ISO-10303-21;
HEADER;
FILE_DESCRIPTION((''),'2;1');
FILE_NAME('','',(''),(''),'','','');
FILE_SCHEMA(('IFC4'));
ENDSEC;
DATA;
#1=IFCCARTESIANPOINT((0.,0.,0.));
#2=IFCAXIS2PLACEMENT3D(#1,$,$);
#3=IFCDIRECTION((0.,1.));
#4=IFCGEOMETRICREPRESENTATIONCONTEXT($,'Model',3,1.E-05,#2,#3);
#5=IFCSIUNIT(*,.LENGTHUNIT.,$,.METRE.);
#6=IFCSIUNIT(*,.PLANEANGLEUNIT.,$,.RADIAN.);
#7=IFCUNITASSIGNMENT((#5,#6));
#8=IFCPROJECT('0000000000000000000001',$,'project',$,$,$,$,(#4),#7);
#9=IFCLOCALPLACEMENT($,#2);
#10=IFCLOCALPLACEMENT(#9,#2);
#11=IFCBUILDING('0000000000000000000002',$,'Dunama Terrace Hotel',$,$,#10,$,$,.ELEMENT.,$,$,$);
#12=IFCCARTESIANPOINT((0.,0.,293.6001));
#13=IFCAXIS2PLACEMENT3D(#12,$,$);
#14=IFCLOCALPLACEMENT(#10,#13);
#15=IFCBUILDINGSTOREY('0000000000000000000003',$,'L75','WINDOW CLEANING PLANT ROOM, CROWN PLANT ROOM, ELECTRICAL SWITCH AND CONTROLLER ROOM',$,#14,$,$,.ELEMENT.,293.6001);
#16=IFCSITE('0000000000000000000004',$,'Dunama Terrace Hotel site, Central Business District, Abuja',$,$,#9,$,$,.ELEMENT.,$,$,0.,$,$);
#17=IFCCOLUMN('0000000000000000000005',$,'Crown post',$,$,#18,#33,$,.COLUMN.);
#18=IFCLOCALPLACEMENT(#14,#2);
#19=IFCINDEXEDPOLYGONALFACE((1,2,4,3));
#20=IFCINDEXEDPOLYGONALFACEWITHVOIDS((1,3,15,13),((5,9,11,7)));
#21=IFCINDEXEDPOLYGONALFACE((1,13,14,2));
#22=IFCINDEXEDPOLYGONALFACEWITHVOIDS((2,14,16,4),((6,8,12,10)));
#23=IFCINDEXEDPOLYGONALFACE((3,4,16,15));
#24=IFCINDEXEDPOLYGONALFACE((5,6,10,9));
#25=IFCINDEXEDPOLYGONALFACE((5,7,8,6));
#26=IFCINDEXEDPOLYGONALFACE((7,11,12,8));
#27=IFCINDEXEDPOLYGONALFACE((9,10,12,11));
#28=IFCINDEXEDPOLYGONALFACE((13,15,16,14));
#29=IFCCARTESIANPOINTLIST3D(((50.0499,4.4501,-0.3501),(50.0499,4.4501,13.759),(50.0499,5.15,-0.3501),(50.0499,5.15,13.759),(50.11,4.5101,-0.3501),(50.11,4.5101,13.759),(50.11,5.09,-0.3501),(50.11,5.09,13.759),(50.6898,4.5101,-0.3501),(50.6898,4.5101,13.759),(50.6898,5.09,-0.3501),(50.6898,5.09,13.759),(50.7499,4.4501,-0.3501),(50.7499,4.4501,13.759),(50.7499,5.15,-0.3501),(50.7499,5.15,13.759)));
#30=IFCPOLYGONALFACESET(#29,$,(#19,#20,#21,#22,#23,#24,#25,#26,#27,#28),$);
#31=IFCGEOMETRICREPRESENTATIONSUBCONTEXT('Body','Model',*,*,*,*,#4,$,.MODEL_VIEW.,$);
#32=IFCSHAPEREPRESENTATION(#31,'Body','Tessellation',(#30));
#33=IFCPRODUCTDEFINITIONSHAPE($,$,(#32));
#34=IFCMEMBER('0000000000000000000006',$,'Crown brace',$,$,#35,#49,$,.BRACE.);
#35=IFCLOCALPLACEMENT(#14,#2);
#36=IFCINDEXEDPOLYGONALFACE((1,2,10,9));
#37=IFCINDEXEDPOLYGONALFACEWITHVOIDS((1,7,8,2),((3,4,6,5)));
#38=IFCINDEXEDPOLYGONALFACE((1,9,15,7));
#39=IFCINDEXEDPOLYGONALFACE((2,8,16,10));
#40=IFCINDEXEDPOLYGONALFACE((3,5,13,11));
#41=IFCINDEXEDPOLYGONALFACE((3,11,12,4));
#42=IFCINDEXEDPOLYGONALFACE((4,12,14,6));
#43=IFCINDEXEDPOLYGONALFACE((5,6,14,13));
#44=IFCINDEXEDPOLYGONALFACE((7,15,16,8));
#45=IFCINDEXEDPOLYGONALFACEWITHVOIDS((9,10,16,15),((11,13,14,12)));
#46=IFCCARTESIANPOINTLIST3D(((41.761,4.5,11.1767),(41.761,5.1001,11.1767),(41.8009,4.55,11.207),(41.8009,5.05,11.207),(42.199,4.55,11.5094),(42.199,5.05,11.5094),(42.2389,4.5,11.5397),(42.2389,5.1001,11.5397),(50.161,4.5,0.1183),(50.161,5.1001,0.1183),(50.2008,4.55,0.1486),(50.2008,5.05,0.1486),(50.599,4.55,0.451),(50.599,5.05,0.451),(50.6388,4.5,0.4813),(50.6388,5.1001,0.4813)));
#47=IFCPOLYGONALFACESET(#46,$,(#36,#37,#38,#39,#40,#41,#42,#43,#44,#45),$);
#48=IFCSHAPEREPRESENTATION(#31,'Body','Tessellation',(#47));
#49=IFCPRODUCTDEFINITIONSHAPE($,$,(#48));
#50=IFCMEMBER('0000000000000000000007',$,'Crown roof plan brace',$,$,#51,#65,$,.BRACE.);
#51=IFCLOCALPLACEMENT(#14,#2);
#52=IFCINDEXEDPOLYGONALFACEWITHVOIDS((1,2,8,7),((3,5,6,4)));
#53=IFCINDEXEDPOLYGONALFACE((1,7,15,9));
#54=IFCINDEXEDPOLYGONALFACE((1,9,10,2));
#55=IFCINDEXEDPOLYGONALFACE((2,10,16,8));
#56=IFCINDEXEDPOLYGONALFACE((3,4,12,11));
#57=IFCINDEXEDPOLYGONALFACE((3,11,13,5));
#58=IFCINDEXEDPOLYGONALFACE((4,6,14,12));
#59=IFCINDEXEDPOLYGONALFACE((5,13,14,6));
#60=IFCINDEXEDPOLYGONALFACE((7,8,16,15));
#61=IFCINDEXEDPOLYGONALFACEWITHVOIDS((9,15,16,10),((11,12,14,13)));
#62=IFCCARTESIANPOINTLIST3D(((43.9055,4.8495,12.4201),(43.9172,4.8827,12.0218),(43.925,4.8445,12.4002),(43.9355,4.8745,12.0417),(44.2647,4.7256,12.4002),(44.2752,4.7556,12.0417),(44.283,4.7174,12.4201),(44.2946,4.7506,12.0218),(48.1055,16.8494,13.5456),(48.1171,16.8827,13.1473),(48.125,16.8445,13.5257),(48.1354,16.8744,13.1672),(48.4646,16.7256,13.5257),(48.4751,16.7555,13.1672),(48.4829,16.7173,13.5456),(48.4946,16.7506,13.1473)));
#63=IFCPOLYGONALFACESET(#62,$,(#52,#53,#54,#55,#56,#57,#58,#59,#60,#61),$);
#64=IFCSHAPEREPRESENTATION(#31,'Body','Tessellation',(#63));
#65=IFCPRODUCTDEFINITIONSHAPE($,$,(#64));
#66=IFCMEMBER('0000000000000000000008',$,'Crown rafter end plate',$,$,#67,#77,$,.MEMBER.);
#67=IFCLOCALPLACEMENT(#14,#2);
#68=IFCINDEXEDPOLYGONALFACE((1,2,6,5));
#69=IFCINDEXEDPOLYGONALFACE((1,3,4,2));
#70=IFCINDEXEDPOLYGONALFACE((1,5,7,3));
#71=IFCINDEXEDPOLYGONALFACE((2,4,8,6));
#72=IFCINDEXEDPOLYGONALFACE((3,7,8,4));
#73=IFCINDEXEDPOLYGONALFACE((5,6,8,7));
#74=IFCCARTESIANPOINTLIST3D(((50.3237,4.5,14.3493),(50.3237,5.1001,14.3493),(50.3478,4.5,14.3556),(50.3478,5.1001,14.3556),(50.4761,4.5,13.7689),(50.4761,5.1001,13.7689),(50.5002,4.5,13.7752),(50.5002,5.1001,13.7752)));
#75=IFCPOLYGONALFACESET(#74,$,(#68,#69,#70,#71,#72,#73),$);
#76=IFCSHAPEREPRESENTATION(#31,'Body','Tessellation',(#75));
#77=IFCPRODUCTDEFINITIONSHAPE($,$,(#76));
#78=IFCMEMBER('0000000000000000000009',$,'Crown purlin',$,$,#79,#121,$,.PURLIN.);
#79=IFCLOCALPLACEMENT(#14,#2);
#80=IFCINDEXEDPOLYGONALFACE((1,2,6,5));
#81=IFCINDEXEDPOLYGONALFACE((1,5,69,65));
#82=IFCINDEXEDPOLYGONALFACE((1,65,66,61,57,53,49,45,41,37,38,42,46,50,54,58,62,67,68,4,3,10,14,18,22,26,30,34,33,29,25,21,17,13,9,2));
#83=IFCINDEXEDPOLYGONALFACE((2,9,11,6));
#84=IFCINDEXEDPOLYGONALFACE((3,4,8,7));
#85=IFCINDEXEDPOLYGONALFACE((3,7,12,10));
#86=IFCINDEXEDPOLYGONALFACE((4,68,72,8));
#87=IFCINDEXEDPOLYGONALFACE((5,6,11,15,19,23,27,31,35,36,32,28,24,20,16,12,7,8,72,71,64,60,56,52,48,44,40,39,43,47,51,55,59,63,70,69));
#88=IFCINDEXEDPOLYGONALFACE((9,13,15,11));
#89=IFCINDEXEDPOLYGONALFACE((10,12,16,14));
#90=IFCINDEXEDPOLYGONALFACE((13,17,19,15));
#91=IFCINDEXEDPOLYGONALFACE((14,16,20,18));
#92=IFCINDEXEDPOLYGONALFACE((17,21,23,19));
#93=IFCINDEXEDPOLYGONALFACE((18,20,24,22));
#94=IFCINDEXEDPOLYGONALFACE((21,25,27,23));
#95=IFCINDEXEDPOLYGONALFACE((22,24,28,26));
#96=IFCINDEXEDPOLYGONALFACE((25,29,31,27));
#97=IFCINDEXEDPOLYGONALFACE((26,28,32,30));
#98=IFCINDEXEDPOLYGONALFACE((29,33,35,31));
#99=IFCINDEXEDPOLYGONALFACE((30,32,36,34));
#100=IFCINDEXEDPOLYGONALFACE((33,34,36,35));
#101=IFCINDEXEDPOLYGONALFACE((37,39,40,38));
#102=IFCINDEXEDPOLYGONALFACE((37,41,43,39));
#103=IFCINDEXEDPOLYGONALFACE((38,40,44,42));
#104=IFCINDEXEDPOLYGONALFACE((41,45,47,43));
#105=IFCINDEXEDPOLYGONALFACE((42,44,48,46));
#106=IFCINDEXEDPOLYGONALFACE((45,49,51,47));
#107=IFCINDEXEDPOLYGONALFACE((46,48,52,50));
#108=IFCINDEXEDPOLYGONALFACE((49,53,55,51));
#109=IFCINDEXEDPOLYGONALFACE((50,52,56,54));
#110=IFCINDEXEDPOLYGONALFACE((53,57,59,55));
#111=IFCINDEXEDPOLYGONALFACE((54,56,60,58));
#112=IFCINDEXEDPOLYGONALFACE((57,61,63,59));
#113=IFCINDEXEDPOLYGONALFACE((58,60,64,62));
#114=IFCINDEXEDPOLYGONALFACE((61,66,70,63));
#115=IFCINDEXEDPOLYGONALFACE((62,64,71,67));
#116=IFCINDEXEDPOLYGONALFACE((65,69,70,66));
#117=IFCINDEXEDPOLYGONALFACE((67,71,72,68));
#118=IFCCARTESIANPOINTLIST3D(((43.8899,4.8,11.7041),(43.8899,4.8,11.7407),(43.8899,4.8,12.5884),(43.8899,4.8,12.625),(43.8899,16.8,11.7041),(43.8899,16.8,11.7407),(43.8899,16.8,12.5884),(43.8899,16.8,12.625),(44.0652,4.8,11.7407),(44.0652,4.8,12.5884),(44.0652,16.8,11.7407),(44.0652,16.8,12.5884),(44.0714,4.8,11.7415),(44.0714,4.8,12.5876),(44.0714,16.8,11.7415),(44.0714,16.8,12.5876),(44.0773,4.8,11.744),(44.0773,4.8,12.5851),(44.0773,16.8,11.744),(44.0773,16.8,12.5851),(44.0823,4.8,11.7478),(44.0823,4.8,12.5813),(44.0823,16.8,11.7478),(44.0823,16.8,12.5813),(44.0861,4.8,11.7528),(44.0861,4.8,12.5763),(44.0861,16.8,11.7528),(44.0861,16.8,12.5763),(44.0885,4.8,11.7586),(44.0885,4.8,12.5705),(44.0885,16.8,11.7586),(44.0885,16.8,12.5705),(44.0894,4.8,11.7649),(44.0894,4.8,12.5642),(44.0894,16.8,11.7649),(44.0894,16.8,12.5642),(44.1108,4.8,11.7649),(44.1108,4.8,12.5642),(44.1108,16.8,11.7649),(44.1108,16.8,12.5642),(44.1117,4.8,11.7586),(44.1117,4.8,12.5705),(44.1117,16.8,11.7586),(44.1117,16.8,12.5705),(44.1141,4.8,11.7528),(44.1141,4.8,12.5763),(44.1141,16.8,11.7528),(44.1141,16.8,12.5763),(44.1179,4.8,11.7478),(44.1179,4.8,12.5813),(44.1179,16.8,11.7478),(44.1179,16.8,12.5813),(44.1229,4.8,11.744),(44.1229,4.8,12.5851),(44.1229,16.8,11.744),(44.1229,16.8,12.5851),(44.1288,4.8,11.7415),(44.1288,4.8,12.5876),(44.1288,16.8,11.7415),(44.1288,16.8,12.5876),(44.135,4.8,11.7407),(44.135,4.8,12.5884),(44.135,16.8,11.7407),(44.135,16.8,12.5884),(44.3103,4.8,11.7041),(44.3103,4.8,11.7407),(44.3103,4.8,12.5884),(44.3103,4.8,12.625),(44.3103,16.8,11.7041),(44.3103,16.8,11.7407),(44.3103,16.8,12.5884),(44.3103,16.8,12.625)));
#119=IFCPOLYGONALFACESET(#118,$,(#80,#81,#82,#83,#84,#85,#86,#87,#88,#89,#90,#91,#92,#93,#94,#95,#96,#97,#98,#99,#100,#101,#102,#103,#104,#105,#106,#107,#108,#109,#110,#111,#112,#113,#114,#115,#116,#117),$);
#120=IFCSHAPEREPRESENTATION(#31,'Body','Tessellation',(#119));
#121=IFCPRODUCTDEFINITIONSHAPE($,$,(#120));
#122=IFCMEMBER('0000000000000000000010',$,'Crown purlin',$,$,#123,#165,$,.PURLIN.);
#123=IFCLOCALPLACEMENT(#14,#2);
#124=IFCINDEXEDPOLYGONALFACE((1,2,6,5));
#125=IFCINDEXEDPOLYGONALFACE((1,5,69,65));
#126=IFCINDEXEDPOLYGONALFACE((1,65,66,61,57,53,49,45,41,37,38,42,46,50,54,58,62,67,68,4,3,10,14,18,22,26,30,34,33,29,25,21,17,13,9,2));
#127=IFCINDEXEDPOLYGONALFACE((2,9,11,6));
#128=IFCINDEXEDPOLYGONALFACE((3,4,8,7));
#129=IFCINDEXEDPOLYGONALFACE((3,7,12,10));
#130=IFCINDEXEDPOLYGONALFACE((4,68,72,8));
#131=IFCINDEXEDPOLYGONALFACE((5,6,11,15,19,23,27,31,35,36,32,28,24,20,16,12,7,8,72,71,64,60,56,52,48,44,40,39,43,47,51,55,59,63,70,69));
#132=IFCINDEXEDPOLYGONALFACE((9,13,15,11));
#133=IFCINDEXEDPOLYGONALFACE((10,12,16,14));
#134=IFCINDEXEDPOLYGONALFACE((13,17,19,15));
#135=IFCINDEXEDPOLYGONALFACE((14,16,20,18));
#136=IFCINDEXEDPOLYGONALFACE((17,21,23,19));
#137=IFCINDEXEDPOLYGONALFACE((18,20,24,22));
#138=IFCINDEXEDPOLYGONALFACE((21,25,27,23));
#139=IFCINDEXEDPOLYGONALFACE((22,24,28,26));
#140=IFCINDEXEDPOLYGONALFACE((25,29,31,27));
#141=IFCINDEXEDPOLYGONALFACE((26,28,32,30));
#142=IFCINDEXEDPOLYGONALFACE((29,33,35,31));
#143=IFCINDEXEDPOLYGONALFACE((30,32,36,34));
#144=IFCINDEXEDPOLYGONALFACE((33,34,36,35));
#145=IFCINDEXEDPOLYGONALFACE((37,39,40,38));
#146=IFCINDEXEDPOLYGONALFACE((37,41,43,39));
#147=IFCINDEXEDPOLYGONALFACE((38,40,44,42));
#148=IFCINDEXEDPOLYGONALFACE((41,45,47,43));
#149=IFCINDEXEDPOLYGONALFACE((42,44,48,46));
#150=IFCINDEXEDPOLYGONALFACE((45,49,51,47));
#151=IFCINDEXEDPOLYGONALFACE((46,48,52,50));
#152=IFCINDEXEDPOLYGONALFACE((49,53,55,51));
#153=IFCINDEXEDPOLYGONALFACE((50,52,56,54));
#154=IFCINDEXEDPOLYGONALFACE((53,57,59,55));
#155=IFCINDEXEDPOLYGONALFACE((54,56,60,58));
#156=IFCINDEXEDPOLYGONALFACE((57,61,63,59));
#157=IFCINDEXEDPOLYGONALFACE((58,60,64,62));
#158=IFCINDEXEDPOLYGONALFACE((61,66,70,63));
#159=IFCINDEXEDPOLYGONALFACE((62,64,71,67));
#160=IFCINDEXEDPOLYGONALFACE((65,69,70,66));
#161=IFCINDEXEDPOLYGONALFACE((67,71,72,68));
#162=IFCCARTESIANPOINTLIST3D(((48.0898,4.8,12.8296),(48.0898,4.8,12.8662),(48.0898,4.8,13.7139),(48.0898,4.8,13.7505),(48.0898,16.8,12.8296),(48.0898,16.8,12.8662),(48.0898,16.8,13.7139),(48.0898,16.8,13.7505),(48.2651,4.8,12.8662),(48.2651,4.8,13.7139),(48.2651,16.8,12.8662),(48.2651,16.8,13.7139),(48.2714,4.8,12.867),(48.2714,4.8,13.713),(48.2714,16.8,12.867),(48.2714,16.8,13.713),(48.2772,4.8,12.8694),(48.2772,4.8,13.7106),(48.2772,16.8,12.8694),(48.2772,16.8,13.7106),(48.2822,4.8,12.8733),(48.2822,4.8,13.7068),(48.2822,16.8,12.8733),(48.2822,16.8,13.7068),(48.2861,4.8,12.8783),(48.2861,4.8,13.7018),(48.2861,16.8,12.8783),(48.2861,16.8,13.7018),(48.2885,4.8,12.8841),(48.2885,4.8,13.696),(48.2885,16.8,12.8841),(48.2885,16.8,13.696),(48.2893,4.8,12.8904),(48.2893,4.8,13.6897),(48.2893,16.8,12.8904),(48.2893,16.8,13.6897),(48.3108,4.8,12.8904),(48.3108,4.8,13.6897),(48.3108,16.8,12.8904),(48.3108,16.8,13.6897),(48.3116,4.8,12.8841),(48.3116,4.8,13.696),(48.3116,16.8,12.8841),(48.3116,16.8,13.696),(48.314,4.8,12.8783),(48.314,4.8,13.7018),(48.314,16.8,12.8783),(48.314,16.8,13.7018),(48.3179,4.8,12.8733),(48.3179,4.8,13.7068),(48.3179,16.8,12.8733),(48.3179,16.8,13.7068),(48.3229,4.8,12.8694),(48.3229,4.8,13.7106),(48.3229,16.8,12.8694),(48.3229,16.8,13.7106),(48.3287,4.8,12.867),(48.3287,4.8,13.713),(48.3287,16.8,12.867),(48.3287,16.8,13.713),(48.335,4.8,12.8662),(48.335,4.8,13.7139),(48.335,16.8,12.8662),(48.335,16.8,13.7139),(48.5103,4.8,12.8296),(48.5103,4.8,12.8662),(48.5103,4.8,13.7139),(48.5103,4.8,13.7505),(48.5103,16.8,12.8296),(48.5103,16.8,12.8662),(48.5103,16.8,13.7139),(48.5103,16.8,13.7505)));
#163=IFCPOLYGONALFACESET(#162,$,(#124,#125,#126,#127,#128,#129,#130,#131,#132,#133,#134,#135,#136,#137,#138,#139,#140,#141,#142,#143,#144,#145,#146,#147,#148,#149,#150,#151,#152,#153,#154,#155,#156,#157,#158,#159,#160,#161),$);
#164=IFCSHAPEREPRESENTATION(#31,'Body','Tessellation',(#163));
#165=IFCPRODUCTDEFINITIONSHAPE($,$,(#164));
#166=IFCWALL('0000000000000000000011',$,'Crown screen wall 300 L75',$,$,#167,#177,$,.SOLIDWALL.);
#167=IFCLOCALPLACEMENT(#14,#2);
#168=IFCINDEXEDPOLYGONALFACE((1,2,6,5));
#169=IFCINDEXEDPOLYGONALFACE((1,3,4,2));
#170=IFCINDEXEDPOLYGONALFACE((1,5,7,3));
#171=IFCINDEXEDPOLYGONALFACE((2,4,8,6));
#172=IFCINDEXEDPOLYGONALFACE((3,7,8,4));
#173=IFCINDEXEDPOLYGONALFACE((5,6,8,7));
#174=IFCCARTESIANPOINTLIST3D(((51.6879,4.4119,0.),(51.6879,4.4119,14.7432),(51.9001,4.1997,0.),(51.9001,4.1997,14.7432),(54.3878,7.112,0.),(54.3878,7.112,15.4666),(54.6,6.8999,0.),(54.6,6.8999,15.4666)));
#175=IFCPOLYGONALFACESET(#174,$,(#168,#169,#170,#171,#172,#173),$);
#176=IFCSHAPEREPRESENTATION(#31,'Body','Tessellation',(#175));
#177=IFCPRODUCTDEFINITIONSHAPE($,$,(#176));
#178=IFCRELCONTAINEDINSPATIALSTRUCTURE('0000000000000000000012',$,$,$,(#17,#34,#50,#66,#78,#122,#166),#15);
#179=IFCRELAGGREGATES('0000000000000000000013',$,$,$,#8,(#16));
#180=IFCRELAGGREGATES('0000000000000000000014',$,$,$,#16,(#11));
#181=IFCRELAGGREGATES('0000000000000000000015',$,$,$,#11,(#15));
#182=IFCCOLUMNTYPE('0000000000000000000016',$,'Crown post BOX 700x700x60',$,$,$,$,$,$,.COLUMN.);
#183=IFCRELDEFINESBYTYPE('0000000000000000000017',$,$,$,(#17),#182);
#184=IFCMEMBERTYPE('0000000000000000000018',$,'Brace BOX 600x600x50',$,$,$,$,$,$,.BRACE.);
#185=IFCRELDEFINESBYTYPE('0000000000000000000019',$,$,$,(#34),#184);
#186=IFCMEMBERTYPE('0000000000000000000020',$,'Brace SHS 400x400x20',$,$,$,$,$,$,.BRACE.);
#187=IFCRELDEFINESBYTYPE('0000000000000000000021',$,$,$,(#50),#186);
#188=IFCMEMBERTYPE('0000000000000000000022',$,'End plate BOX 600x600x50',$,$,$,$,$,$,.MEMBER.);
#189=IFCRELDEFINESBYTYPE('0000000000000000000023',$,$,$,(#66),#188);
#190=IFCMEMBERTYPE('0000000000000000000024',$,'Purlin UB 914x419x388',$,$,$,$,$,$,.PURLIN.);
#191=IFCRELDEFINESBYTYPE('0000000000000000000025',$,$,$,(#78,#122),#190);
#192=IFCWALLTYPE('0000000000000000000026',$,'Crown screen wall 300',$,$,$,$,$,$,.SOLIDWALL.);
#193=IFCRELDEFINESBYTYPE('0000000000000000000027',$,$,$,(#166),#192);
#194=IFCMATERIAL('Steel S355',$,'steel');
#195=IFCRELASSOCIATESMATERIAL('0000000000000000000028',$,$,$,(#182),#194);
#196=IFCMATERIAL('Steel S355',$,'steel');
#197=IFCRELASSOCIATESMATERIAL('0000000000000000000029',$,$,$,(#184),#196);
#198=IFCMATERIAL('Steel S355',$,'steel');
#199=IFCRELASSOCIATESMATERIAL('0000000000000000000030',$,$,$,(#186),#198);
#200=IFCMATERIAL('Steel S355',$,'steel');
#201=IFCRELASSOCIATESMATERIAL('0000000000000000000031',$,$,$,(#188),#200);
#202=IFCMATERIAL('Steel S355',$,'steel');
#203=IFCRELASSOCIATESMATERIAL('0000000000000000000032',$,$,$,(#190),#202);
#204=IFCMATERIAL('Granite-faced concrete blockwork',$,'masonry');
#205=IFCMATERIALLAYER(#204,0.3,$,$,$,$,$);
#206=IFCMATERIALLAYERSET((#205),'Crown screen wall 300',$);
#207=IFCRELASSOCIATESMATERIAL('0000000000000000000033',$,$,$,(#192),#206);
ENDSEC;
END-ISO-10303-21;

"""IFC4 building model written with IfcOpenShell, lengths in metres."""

from ifc_helpers import new_model, si_unit, direction, frame, origin, origin_2d, place, context, subcontext, project, spatial, polyline, rectangle, hollow_rectangle, i_section, outline, extrude, material, layer, layer_set, material_profile, profile_set, type_object, element, save


model = new_model("IFC4")

# Units and contexts
model_context = context("Model", 3, precision=1e-05, world=origin(), true_north=direction((0.0, 1.0)))
body_context = subcontext(model_context, "Body", "Model", "MODEL_VIEW")
ifc_project = project(units=[si_unit("LENGTHUNIT", "METRE"), si_unit("PLANEANGLEUNIT", "RADIAN")], contexts=[model_context])

# Site, building, storey
site_placement = place(None, origin())
site = spatial("IfcSite", under=ifc_project, at=site_placement, Name="Dunama Terrace Hotel site, Central Business District, Abuja", CompositionType="ELEMENT", RefElevation=0.0)
building_placement = place(site_placement, origin())
building = spatial("IfcBuilding", under=site, at=building_placement, Name="Dunama Terrace Hotel", CompositionType="ELEMENT")
storey_placement = place(building_placement, frame((0.0, 0.0, 293.6001)))
storey = spatial("IfcBuildingStorey", under=building, at=storey_placement, Name="L75", Description="WINDOW CLEANING PLANT ROOM, CROWN PLANT ROOM, ELECTRICAL SWITCH AND CONTROLLER ROOM", CompositionType="ELEMENT", Elevation=293.6001)

# Column
ifc_material_1 = material(Name="Steel S355", Category="steel")
ifc_material_profile_1 = material_profile(ifc_material_1, hollow_rectangle(XDim=0.7, YDim=0.7, WallThickness=0.0601, at=origin_2d()), Name="BOX 700x700x60")
ifc_profile_set_1 = profile_set([ifc_material_profile_1], Name="Steel S355")
column_type = type_object("IfcColumnType", Name="Crown post BOX 700x700x60", PredefinedType="COLUMN", material=ifc_profile_set_1)
column_placement = place(storey_placement, frame((50.3999, 4.8, -0.3501), z_axis=(0.0, 0.0, 1.0), x_axis=(1.0, 0.0, 0.0)))
element("IfcColumn", 1, at=column_placement, inside=storey, type_object=column_type, Name="Crown post", PredefinedType="COLUMN", context=body_context, shape_type="SweptSolid", body=[
    extrude(hollow_rectangle(XDim=0.7, YDim=0.7, WallThickness=0.0601, at=origin_2d()), origin(), (0.0, 0.0, 1.0), 14.1091),
])

# Members
ifc_material_2 = material(Name="Steel S355", Category="steel")
ifc_material_profile_2 = material_profile(ifc_material_2, hollow_rectangle(XDim=0.6001, YDim=0.6001, WallThickness=0.05, at=origin_2d()), Name="BOX 600x600x50")
ifc_profile_set_2 = profile_set([ifc_material_profile_2], Name="Steel S355")
member_type_1 = type_object("IfcMemberType", Name="Brace BOX 600x600x50", PredefinedType="BRACE", material=ifc_profile_set_2)
member_1_placement = place(storey_placement, frame((50.3999, 4.8, 0.2998), z_axis=(-0.60488, 0.0, 0.796316), x_axis=(0.0, -1.0, 0.0)))
element("IfcMember", 2, at=member_1_placement, inside=storey, type_object=member_type_1, Name="Crown brace", PredefinedType="BRACE", context=body_context, shape_type="SweptSolid", body=[
    extrude(hollow_rectangle(XDim=0.6001, YDim=0.6001, WallThickness=0.05, at=origin_2d()), origin(), (0.0, 0.0, 1.0), 13.887),
])
ifc_material_3 = material(Name="Steel S355", Category="steel")
ifc_material_profile_3 = material_profile(ifc_material_3, hollow_rectangle(XDim=0.3999, YDim=0.3999, WallThickness=0.02, at=origin_2d()), Name="SHS 400x400x20")
ifc_profile_set_3 = profile_set([ifc_material_profile_3], Name="Steel S355")
member_type_2 = type_object("IfcMemberType", Name="Brace SHS 400x400x20", PredefinedType="BRACE", material=ifc_profile_set_3)
member_2_placement = place(storey_placement, frame((44.1001, 4.8, 12.2209), z_axis=(0.32906, 0.940183, 0.08818), x_axis=(-0.94386, 0.330347, 0.0)))
element("IfcMember", 3, at=member_2_placement, inside=storey, type_object=member_type_2, Name="Crown roof plan brace", PredefinedType="BRACE", context=body_context, shape_type="SweptSolid", body=[
    extrude(hollow_rectangle(XDim=0.3999, YDim=0.3999, WallThickness=0.02, at=origin_2d()), origin(), (0.0, 0.0, 1.0), 12.7634),
])
ifc_material_4 = material(Name="Steel S355", Category="steel")
ifc_material_profile_4 = material_profile(ifc_material_4, rectangle(XDim=0.6001, YDim=0.6001, at=origin_2d()), Name="PL 600X600")
ifc_profile_set_4 = profile_set([ifc_material_profile_4], Name="Steel S355")
member_type_3 = type_object("IfcMemberType", Name="End plate BOX 600x600x50", PredefinedType="MEMBER", material=ifc_profile_set_4)
member_3_placement = place(storey_placement, frame((50.3999, 4.8, 14.0591), z_axis=(0.967201, 0.0, 0.254012), x_axis=(0.0, 1.0, 0.0)))
element("IfcMember", 4, at=member_3_placement, inside=storey, type_object=member_type_3, Name="Crown rafter end plate", PredefinedType="MEMBER", context=body_context, shape_type="SweptSolid", body=[
    extrude(rectangle(XDim=0.6001, YDim=0.6001, at=origin_2d()), origin(), (0.0, 0.0, 1.0), 0.0249),
])
ifc_material_5 = material(Name="Steel S355", Category="steel")
ifc_material_profile_5 = material_profile(ifc_material_5, i_section(OverallWidth=0.4204, OverallDepth=0.9209, WebThickness=0.0215, FlangeThickness=0.0366, FilletRadius=0.0242, at=origin_2d()), Name="UB 914x419x388")
ifc_profile_set_5 = profile_set([ifc_material_profile_5], Name="Steel S355")
member_type_4 = type_object("IfcMemberType", Name="Purlin UB 914x419x388", PredefinedType="PURLIN", material=ifc_profile_set_5)
for number, where, z_axis, x_axis, name in (
    (5, (44.1001, 4.8, 12.1646), (0.0, 1.0, 0.0), (-1.0, 0.0, 0.0), "Crown purlin"),
    (6, (48.3, 4.8, 13.29), (0.0, 1.0, 0.0), (-1.0, 0.0, 0.0), "Crown purlin"),
):
    element("IfcMember", number, at=place(storey_placement, frame(where, z_axis=z_axis, x_axis=x_axis)), inside=storey, type_object=member_type_4, Name=name, PredefinedType="PURLIN", context=body_context, shape_type="SweptSolid", body=[
        extrude(i_section(OverallWidth=0.4204, OverallDepth=0.9209, WebThickness=0.0215, FlangeThickness=0.0366, FilletRadius=0.0242, at=origin_2d()), origin(), (0.0, 0.0, 1.0), 12.0),
    ])

# Wall
ifc_material_6 = material(Name="Granite-faced concrete blockwork", Category="masonry")
ifc_layer_1 = layer(ifc_material_6, 0.3)
ifc_layer_set_1 = layer_set([ifc_layer_1], Name="Crown screen wall 300")
wall_type_1 = type_object("IfcWallType", Name="Crown screen wall 300", PredefinedType="SOLIDWALL", material=ifc_layer_set_1)
wall_1_placement = place(storey_placement, frame((51.7939, 4.3059, 0.0), z_axis=(0.0, 0.0, 1.0), x_axis=(0.707075, 0.707139, 0.0)))
element("IfcWall", 7, at=wall_1_placement, inside=storey, type_object=wall_type_1, Name="Crown screen wall 300 L75", PredefinedType="SOLIDWALL", context=body_context, shape_type="SweptSolid", body=[
    extrude(outline(polyline([(0.0, 0.0), (3.8184, 0.0), (3.8184, 15.4666), (0.0, 14.7432), (0.0, 0.0)])), frame((0.0, 0.1499, 0.0), z_axis=(0.0, -1.0, 0.0), x_axis=(1.0, 0.0, 0.0)), (0.0, 0.0, 1.0), 0.3),
])

save(model, "model.ifc")
